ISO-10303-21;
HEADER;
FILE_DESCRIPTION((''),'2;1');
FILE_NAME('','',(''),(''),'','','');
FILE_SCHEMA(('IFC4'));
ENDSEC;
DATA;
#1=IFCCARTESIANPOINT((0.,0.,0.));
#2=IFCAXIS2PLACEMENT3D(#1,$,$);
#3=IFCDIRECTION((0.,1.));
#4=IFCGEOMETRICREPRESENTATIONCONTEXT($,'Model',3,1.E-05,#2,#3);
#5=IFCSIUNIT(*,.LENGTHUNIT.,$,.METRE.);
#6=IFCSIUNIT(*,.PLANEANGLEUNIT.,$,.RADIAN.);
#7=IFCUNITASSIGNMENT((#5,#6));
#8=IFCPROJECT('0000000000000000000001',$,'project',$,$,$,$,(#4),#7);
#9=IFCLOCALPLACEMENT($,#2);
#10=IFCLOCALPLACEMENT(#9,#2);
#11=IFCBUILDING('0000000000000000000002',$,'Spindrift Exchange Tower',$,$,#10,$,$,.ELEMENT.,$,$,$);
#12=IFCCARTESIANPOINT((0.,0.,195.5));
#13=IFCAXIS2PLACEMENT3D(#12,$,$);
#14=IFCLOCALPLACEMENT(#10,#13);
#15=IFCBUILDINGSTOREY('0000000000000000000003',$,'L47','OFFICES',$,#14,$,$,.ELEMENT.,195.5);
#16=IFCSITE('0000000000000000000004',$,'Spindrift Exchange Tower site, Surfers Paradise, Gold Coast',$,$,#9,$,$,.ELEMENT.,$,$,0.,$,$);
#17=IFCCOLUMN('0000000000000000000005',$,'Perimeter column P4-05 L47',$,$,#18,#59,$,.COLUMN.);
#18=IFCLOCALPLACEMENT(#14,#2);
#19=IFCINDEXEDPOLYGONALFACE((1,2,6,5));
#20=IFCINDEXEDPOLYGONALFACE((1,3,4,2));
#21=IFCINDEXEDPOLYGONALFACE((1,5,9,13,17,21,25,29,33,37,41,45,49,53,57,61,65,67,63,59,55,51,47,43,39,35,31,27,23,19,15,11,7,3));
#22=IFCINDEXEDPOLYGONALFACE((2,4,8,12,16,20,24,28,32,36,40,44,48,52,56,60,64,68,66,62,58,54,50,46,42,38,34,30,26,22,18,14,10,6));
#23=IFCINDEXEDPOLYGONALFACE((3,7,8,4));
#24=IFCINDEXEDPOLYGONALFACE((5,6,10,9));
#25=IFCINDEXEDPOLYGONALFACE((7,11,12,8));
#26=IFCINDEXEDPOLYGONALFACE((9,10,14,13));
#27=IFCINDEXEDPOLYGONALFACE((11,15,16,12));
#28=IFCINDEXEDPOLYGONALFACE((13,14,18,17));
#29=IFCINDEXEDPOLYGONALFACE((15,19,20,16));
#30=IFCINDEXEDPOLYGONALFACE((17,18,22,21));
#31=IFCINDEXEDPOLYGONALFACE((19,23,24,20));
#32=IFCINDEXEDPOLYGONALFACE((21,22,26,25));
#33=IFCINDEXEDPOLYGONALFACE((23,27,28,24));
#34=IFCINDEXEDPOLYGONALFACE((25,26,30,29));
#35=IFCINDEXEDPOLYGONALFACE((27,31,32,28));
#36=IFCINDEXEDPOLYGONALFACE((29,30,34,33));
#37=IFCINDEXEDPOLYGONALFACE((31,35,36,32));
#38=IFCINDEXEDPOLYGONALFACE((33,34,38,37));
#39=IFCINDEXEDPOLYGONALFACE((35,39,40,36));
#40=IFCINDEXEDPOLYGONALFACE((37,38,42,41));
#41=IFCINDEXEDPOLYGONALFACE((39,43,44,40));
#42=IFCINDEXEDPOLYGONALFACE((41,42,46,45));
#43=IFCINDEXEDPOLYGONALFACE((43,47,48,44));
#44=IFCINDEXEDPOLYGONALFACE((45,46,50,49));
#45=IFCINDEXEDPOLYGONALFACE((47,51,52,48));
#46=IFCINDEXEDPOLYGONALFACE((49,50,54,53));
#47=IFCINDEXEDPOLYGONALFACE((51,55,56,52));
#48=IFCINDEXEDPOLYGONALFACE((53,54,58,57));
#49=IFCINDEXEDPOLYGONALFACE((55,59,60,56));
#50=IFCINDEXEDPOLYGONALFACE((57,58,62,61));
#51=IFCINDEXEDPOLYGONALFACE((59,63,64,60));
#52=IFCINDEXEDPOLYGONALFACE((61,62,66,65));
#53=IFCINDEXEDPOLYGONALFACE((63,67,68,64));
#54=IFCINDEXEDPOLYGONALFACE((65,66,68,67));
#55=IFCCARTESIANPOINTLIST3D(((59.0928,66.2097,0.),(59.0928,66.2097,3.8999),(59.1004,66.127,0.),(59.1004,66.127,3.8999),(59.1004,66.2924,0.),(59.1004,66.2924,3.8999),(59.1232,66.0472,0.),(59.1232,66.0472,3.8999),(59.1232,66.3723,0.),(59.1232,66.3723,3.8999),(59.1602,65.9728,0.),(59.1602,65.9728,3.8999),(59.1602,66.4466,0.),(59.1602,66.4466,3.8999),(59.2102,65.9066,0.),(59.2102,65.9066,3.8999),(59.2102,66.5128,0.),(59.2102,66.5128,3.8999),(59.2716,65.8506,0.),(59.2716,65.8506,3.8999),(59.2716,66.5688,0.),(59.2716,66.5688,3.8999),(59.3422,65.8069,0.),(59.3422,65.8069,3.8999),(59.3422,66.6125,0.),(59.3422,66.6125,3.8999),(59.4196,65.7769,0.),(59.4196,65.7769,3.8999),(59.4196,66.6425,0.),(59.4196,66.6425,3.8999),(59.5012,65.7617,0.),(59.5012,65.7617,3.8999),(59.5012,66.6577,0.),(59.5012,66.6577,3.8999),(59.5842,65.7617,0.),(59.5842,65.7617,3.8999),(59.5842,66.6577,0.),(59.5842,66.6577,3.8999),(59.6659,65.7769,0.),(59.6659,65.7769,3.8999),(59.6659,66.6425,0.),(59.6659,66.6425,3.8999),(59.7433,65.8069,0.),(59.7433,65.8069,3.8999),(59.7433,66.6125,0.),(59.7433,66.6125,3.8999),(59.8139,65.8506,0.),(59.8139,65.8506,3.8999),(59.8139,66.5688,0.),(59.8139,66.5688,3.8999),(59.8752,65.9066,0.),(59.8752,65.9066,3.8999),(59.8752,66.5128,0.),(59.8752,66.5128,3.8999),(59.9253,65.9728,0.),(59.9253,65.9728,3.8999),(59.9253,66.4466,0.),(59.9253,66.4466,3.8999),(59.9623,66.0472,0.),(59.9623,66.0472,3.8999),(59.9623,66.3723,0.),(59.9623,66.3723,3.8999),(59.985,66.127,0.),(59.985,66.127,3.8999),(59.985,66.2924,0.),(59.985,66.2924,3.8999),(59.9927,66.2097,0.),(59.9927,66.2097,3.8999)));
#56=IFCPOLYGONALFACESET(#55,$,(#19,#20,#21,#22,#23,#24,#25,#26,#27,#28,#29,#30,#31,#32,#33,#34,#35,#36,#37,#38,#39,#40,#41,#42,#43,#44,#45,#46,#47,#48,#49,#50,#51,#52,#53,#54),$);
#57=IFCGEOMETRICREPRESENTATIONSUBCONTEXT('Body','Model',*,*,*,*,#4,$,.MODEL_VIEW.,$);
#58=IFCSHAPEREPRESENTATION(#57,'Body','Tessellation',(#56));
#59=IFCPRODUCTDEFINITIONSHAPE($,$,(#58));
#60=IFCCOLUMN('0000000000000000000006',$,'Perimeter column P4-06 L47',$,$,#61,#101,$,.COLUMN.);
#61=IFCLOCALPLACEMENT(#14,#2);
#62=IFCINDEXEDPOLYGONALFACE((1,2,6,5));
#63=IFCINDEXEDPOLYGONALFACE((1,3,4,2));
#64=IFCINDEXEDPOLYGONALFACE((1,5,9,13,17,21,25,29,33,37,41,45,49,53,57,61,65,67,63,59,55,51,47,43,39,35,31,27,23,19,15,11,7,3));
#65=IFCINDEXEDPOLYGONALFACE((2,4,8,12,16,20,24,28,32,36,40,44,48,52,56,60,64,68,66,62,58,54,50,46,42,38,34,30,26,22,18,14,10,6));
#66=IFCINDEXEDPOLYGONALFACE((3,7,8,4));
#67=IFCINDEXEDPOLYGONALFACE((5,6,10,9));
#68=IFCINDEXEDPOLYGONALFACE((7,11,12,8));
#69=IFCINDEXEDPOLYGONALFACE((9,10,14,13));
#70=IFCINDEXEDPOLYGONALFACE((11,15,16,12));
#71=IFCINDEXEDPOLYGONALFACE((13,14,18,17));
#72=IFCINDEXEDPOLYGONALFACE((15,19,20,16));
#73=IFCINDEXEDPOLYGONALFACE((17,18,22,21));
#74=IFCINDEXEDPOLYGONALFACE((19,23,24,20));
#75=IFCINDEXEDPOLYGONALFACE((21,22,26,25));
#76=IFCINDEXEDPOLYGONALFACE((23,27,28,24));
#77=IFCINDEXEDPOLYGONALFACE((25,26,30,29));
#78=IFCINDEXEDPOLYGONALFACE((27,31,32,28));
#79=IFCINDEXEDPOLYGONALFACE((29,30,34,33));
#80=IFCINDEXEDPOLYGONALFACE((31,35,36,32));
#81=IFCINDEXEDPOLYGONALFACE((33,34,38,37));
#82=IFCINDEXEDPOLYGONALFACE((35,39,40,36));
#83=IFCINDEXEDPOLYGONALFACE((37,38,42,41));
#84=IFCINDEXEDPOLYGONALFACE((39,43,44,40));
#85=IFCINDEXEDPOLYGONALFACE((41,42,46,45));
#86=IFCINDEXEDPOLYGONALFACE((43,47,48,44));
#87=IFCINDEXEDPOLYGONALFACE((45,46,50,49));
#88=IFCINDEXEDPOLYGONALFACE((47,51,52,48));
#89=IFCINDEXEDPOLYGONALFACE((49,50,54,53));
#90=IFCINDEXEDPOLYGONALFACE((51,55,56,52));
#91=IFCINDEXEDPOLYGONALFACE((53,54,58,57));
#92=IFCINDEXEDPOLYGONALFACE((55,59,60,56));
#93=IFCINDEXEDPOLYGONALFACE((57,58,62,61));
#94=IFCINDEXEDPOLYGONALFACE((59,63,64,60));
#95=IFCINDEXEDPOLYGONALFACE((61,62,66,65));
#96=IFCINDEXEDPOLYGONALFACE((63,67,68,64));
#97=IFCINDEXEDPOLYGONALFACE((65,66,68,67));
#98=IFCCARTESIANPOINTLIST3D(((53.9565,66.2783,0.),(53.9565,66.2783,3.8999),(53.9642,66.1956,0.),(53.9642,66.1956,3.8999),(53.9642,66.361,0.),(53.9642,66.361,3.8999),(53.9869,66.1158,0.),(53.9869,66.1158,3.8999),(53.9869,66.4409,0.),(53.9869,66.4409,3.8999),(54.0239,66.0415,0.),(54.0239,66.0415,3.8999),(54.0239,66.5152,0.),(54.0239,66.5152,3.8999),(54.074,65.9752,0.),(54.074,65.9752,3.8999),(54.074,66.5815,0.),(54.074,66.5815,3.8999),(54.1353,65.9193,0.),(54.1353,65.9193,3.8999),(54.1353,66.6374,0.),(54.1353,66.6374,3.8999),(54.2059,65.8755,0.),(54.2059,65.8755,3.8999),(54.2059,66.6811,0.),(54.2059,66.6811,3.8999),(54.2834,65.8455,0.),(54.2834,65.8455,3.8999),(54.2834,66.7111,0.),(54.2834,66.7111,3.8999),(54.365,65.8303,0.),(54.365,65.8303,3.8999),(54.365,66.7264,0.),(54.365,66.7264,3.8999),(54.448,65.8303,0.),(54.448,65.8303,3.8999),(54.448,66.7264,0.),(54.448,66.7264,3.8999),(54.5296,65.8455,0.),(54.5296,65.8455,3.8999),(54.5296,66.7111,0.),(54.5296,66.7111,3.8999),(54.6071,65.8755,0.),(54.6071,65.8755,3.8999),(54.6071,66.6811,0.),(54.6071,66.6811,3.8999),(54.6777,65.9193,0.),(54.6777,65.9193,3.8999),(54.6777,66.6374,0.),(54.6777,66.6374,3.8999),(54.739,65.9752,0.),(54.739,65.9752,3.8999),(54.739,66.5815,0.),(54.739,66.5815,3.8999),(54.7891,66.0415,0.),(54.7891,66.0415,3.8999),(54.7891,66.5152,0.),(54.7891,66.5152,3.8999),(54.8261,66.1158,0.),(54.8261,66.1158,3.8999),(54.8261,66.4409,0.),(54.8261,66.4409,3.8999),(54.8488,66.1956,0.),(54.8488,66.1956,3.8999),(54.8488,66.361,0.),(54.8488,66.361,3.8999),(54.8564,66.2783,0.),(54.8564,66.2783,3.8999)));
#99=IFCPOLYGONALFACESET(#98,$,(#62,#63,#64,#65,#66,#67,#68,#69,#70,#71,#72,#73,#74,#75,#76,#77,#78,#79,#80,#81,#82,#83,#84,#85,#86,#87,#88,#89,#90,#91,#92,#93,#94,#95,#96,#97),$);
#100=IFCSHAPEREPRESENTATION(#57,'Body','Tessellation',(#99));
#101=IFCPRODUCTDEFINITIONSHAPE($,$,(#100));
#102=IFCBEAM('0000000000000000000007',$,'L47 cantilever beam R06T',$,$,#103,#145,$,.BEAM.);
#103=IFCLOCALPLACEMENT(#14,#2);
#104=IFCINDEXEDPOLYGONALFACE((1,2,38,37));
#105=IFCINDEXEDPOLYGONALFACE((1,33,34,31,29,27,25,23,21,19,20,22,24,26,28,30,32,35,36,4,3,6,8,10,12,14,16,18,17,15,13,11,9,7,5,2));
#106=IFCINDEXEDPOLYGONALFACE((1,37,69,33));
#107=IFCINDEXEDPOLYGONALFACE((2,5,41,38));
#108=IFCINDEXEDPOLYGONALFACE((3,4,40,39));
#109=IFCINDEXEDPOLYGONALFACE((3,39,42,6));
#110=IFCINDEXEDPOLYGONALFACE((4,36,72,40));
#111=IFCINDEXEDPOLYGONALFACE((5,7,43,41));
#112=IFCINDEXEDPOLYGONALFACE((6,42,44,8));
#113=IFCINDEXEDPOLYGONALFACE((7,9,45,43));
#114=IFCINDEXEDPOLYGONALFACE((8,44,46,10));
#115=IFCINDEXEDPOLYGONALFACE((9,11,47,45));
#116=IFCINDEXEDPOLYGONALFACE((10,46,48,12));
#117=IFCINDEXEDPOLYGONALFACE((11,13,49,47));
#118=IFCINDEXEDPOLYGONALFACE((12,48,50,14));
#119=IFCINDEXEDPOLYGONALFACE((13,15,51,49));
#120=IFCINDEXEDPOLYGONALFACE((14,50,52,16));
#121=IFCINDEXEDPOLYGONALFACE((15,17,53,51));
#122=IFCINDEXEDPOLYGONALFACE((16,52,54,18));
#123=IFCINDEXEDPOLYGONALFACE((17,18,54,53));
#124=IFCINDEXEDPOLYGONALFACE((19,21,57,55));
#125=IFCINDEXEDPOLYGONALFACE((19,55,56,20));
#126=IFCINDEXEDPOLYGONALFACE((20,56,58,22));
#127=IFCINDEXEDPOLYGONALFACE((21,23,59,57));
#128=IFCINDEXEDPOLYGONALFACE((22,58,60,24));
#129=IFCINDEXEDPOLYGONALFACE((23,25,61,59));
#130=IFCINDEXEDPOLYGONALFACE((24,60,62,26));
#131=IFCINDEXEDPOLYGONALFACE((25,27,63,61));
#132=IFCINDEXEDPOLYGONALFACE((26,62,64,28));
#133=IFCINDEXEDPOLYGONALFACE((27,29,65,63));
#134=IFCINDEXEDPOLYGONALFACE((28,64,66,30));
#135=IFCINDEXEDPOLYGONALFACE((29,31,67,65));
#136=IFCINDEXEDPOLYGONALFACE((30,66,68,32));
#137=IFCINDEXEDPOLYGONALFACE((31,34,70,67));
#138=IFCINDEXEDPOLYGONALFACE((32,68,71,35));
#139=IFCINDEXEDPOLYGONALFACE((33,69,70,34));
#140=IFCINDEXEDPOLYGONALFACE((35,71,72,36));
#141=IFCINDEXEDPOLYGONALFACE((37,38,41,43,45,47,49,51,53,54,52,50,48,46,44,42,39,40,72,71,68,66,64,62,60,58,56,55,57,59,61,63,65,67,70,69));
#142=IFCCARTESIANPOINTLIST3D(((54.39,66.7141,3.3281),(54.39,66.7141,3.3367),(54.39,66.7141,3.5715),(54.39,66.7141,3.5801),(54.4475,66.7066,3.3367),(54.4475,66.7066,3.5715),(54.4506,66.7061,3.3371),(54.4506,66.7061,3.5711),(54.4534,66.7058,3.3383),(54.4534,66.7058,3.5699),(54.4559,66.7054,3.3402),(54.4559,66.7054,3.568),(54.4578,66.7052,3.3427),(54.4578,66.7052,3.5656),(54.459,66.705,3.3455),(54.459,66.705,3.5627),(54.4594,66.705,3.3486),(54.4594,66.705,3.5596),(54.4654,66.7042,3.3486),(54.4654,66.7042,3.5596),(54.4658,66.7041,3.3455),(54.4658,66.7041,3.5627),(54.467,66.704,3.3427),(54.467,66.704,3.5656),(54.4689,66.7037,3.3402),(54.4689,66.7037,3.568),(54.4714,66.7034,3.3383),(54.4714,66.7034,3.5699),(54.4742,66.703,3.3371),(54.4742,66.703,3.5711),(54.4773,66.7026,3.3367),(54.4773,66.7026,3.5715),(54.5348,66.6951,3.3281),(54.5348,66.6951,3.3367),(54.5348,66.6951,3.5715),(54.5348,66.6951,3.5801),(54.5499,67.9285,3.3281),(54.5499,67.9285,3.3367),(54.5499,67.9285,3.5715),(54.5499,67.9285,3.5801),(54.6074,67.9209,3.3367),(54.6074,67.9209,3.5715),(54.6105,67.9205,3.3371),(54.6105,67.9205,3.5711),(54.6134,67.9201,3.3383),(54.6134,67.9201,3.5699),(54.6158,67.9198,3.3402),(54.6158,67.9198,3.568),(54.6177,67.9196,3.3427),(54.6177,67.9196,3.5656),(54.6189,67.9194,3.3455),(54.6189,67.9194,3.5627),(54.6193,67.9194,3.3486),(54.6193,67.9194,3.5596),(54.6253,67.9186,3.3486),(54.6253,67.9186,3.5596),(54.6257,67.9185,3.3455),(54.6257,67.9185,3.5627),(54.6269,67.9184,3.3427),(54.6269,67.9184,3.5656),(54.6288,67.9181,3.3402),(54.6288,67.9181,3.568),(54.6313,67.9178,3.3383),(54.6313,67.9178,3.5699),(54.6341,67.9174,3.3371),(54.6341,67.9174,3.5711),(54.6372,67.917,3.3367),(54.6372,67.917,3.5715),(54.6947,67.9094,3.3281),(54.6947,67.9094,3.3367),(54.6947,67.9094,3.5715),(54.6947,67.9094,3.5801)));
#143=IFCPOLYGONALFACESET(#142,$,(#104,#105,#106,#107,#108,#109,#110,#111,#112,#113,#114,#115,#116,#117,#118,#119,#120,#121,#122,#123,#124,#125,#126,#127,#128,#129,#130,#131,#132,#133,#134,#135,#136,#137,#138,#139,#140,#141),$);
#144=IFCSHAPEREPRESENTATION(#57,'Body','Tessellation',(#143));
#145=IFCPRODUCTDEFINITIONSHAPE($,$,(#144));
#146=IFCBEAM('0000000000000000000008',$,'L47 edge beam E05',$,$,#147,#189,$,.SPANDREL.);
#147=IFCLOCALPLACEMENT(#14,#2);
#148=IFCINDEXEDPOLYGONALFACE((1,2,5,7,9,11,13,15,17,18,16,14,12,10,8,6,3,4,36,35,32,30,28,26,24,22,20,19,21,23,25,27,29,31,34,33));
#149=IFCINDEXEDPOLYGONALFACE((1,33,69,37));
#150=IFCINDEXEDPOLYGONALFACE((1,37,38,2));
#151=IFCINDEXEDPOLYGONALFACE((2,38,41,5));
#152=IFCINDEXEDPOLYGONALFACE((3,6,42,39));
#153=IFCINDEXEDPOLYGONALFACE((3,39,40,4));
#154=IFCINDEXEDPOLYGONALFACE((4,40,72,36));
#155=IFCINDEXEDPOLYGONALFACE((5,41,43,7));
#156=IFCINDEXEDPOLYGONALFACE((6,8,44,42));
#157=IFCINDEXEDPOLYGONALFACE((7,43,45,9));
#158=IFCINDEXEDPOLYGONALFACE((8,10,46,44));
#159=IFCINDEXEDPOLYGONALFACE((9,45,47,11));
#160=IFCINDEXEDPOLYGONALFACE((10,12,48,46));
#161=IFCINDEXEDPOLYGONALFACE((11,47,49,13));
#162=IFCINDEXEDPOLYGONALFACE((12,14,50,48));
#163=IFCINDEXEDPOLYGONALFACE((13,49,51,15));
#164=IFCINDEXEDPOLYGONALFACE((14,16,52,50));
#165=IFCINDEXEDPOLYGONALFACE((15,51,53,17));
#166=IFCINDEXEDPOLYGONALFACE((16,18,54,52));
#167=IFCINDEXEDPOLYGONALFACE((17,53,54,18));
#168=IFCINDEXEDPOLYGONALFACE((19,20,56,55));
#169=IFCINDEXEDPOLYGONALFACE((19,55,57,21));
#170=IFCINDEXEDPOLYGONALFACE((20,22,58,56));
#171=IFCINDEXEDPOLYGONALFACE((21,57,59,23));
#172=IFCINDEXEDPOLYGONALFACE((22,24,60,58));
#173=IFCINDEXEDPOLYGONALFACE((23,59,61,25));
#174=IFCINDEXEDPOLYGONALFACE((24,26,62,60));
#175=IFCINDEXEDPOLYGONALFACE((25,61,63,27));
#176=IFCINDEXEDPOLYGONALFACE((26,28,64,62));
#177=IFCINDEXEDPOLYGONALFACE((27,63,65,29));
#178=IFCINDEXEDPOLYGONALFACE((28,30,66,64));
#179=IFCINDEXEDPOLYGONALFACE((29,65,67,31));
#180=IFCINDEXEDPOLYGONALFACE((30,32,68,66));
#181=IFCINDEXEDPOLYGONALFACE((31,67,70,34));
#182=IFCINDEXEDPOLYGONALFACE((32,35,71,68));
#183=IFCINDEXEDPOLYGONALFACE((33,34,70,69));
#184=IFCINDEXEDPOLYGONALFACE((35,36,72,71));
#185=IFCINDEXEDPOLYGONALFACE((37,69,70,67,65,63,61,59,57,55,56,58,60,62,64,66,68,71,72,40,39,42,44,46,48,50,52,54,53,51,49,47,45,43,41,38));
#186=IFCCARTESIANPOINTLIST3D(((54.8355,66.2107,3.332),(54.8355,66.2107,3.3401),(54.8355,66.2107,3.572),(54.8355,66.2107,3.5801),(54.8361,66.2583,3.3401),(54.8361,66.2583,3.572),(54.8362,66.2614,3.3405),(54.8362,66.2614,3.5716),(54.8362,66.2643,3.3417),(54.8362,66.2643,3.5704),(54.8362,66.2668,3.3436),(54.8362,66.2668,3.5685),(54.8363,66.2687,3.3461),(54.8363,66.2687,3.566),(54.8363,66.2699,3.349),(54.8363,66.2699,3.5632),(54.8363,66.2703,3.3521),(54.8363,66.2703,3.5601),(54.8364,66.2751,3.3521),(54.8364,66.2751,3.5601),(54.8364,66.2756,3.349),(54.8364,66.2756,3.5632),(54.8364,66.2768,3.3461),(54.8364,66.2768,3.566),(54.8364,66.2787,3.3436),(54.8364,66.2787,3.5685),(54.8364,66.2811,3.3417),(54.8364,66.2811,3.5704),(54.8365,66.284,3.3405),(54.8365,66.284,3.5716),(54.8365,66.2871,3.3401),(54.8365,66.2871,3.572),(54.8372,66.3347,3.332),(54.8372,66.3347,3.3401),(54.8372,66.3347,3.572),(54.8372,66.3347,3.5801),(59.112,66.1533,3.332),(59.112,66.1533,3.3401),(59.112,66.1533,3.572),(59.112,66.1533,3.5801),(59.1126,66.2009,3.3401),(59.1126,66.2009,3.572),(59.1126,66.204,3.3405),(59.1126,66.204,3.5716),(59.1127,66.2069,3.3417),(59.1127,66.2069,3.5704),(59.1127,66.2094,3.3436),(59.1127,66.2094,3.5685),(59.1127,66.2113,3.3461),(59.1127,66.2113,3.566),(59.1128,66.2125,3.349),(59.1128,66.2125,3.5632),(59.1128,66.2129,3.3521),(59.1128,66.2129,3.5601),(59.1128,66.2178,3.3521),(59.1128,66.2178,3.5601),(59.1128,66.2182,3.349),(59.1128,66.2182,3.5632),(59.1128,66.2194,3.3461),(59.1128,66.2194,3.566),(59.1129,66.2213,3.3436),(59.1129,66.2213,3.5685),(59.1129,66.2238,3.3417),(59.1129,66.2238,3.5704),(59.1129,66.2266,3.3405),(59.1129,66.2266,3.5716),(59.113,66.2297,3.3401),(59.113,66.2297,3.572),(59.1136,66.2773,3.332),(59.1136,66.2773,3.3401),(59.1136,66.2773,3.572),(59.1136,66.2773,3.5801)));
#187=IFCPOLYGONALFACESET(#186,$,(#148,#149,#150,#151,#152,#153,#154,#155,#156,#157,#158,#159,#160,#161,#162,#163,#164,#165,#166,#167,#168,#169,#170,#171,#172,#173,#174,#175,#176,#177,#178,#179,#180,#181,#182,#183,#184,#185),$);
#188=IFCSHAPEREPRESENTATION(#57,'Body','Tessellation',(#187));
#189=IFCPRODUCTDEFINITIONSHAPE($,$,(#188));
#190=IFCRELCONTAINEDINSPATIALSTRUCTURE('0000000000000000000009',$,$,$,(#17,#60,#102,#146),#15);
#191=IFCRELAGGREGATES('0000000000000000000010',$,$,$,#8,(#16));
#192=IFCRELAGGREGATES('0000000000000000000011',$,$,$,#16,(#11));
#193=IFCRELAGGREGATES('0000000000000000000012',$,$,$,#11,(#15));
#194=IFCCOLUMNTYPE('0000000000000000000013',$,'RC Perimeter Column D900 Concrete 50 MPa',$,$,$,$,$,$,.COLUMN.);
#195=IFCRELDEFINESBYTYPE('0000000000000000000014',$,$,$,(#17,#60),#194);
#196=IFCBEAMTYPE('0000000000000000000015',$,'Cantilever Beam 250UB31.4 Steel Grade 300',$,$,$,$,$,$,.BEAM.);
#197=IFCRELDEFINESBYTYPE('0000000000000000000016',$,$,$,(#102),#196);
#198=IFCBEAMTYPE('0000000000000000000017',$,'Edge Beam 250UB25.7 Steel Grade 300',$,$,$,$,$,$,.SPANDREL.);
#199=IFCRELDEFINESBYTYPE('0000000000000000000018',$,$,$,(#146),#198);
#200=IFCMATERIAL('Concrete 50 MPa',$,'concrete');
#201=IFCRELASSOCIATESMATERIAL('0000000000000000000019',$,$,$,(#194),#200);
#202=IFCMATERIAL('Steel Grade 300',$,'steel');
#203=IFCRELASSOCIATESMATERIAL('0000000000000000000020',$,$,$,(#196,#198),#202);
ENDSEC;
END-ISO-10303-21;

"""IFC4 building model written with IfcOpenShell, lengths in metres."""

from ifc_helpers import new_model, si_unit, direction, frame, origin, origin_2d, place, context, subcontext, project, spatial, circle, i_section, extrude, source, transform, mapped, material, material_profile, profile_set, type_object, element, save


model = new_model("IFC4")

# Units and contexts
model_context = context("Model", 3, precision=1e-05, world=origin(), true_north=direction((0.0, 1.0)))
body_context = subcontext(model_context, "Body", "Model", "MODEL_VIEW")
ifc_project = project(units=[si_unit("LENGTHUNIT", "METRE"), si_unit("PLANEANGLEUNIT", "RADIAN")], contexts=[model_context])

# Site, building, storey
site_placement = place(None, origin())
site = spatial("IfcSite", under=ifc_project, at=site_placement, Name="Spindrift Exchange Tower site, Surfers Paradise, Gold Coast", CompositionType="ELEMENT", RefElevation=0.0)
building_placement = place(site_placement, origin())
building = spatial("IfcBuilding", under=site, at=building_placement, Name="Spindrift Exchange Tower", CompositionType="ELEMENT")
storey_placement = place(building_placement, frame((0.0, 0.0, 195.5)))
storey = spatial("IfcBuildingStorey", under=building, at=storey_placement, Name="L47", Description="OFFICES", CompositionType="ELEMENT", Elevation=195.5)

# Columns
ifc_material_1 = material(Name="Concrete 50 MPa", Category="concrete")
ifc_material_profile_1 = material_profile(ifc_material_1, circle(Radius=0.45, at=origin_2d()), Name="RC D900")
ifc_profile_set_1 = profile_set([ifc_material_profile_1], Name="Concrete 50 MPa")
column_type = type_object("IfcColumnType", Name="RC Perimeter Column D900 Concrete 50 MPa", PredefinedType="COLUMN", material=ifc_profile_set_1)
shared_shape_1 = source(origin(), body_context, "Body", "SweptSolid", [
    extrude(circle(Radius=0.45, at=origin_2d()), origin(), (0.0, 0.0, 1.0), 3.8999),
])
for number, where, z_axis, x_axis, name in (
    (1, (59.5427, 66.2097, 0.0), (0.0, 0.0, 1.0), (1.0, 0.0, 0.0), "Perimeter column P4-05 L47"),
    (2, (54.4065, 66.2783, 0.0), (0.0, 0.0, 1.0), (1.0, 0.0, 0.0), "Perimeter column P4-06 L47"),
):
    element("IfcColumn", number, at=place(storey_placement, frame(where, z_axis=z_axis, x_axis=x_axis)), inside=storey, type_object=column_type, Name=name, PredefinedType="COLUMN", context=body_context, shape_type="MappedRepresentation", body=[
        mapped(shared_shape_1, transform((0.0, 0.0, 0.0), scale=1.0)),
    ])

# Beams
ifc_material_2 = material(Name="Steel Grade 300", Category="steel")
ifc_material_profile_2 = material_profile(ifc_material_2, i_section(OverallWidth=0.146, OverallDepth=0.252, WebThickness=0.0061, FlangeThickness=0.0085, FilletRadius=0.012, at=origin_2d()), Name="250UB31.4")
ifc_profile_set_2 = profile_set([ifc_material_profile_2], Name="Steel Grade 300")
beam_type_1 = type_object("IfcBeamType", Name="Cantilever Beam 250UB31.4 Steel Grade 300", PredefinedType="BEAM", material=ifc_profile_set_2)
shared_shape_2 = source(origin(), body_context, "Body", "SweptSolid", [
    extrude(i_section(OverallWidth=0.146, OverallDepth=0.252, WebThickness=0.0061, FlangeThickness=0.0085, FilletRadius=0.012, at=origin_2d()), origin(), (0.0, 0.0, 1.0), 1.2249),
])
beam_1_placement = place(storey_placement, frame((54.4624, 66.7046, 3.4541), z_axis=(0.130558, 0.991441, 0.0), x_axis=(-0.991441, 0.130558, 0.0)))
element("IfcBeam", 3, at=beam_1_placement, inside=storey, type_object=beam_type_1, Name="L47 cantilever beam R06T", PredefinedType="BEAM", context=body_context, shape_type="MappedRepresentation", body=[
    mapped(shared_shape_2, transform((0.0, 0.0, 0.0), scale=1.0)),
])
ifc_material_profile_3 = material_profile(ifc_material_2, i_section(OverallWidth=0.124, OverallDepth=0.248, WebThickness=0.0049, FlangeThickness=0.0081, FilletRadius=0.012, at=origin_2d()), Name="250UB25.7")
ifc_profile_set_3 = profile_set([ifc_material_profile_3], Name="Steel Grade 300")
beam_type_2 = type_object("IfcBeamType", Name="Edge Beam 250UB25.7 Steel Grade 300", PredefinedType="SPANDREL", material=ifc_profile_set_3)
shared_shape_3 = source(origin(), body_context, "Body", "SweptSolid", [
    extrude(i_section(OverallWidth=0.124, OverallDepth=0.248, WebThickness=0.0049, FlangeThickness=0.0081, FilletRadius=0.012, at=origin_2d()), origin(), (0.0, 0.0, 1.0), 4.2769),
])
beam_2_placement = place(storey_placement, frame((59.1128, 66.2153, 3.4561), z_axis=(-0.99991, 0.013415, 0.0), x_axis=(-0.013415, -0.99991, 0.0)))
element("IfcBeam", 4, at=beam_2_placement, inside=storey, type_object=beam_type_2, Name="L47 edge beam E05", PredefinedType="SPANDREL", context=body_context, shape_type="MappedRepresentation", body=[
    mapped(shared_shape_3, transform((0.0, 0.0, 0.0), scale=1.0)),
])

save(model, "model.ifc")
